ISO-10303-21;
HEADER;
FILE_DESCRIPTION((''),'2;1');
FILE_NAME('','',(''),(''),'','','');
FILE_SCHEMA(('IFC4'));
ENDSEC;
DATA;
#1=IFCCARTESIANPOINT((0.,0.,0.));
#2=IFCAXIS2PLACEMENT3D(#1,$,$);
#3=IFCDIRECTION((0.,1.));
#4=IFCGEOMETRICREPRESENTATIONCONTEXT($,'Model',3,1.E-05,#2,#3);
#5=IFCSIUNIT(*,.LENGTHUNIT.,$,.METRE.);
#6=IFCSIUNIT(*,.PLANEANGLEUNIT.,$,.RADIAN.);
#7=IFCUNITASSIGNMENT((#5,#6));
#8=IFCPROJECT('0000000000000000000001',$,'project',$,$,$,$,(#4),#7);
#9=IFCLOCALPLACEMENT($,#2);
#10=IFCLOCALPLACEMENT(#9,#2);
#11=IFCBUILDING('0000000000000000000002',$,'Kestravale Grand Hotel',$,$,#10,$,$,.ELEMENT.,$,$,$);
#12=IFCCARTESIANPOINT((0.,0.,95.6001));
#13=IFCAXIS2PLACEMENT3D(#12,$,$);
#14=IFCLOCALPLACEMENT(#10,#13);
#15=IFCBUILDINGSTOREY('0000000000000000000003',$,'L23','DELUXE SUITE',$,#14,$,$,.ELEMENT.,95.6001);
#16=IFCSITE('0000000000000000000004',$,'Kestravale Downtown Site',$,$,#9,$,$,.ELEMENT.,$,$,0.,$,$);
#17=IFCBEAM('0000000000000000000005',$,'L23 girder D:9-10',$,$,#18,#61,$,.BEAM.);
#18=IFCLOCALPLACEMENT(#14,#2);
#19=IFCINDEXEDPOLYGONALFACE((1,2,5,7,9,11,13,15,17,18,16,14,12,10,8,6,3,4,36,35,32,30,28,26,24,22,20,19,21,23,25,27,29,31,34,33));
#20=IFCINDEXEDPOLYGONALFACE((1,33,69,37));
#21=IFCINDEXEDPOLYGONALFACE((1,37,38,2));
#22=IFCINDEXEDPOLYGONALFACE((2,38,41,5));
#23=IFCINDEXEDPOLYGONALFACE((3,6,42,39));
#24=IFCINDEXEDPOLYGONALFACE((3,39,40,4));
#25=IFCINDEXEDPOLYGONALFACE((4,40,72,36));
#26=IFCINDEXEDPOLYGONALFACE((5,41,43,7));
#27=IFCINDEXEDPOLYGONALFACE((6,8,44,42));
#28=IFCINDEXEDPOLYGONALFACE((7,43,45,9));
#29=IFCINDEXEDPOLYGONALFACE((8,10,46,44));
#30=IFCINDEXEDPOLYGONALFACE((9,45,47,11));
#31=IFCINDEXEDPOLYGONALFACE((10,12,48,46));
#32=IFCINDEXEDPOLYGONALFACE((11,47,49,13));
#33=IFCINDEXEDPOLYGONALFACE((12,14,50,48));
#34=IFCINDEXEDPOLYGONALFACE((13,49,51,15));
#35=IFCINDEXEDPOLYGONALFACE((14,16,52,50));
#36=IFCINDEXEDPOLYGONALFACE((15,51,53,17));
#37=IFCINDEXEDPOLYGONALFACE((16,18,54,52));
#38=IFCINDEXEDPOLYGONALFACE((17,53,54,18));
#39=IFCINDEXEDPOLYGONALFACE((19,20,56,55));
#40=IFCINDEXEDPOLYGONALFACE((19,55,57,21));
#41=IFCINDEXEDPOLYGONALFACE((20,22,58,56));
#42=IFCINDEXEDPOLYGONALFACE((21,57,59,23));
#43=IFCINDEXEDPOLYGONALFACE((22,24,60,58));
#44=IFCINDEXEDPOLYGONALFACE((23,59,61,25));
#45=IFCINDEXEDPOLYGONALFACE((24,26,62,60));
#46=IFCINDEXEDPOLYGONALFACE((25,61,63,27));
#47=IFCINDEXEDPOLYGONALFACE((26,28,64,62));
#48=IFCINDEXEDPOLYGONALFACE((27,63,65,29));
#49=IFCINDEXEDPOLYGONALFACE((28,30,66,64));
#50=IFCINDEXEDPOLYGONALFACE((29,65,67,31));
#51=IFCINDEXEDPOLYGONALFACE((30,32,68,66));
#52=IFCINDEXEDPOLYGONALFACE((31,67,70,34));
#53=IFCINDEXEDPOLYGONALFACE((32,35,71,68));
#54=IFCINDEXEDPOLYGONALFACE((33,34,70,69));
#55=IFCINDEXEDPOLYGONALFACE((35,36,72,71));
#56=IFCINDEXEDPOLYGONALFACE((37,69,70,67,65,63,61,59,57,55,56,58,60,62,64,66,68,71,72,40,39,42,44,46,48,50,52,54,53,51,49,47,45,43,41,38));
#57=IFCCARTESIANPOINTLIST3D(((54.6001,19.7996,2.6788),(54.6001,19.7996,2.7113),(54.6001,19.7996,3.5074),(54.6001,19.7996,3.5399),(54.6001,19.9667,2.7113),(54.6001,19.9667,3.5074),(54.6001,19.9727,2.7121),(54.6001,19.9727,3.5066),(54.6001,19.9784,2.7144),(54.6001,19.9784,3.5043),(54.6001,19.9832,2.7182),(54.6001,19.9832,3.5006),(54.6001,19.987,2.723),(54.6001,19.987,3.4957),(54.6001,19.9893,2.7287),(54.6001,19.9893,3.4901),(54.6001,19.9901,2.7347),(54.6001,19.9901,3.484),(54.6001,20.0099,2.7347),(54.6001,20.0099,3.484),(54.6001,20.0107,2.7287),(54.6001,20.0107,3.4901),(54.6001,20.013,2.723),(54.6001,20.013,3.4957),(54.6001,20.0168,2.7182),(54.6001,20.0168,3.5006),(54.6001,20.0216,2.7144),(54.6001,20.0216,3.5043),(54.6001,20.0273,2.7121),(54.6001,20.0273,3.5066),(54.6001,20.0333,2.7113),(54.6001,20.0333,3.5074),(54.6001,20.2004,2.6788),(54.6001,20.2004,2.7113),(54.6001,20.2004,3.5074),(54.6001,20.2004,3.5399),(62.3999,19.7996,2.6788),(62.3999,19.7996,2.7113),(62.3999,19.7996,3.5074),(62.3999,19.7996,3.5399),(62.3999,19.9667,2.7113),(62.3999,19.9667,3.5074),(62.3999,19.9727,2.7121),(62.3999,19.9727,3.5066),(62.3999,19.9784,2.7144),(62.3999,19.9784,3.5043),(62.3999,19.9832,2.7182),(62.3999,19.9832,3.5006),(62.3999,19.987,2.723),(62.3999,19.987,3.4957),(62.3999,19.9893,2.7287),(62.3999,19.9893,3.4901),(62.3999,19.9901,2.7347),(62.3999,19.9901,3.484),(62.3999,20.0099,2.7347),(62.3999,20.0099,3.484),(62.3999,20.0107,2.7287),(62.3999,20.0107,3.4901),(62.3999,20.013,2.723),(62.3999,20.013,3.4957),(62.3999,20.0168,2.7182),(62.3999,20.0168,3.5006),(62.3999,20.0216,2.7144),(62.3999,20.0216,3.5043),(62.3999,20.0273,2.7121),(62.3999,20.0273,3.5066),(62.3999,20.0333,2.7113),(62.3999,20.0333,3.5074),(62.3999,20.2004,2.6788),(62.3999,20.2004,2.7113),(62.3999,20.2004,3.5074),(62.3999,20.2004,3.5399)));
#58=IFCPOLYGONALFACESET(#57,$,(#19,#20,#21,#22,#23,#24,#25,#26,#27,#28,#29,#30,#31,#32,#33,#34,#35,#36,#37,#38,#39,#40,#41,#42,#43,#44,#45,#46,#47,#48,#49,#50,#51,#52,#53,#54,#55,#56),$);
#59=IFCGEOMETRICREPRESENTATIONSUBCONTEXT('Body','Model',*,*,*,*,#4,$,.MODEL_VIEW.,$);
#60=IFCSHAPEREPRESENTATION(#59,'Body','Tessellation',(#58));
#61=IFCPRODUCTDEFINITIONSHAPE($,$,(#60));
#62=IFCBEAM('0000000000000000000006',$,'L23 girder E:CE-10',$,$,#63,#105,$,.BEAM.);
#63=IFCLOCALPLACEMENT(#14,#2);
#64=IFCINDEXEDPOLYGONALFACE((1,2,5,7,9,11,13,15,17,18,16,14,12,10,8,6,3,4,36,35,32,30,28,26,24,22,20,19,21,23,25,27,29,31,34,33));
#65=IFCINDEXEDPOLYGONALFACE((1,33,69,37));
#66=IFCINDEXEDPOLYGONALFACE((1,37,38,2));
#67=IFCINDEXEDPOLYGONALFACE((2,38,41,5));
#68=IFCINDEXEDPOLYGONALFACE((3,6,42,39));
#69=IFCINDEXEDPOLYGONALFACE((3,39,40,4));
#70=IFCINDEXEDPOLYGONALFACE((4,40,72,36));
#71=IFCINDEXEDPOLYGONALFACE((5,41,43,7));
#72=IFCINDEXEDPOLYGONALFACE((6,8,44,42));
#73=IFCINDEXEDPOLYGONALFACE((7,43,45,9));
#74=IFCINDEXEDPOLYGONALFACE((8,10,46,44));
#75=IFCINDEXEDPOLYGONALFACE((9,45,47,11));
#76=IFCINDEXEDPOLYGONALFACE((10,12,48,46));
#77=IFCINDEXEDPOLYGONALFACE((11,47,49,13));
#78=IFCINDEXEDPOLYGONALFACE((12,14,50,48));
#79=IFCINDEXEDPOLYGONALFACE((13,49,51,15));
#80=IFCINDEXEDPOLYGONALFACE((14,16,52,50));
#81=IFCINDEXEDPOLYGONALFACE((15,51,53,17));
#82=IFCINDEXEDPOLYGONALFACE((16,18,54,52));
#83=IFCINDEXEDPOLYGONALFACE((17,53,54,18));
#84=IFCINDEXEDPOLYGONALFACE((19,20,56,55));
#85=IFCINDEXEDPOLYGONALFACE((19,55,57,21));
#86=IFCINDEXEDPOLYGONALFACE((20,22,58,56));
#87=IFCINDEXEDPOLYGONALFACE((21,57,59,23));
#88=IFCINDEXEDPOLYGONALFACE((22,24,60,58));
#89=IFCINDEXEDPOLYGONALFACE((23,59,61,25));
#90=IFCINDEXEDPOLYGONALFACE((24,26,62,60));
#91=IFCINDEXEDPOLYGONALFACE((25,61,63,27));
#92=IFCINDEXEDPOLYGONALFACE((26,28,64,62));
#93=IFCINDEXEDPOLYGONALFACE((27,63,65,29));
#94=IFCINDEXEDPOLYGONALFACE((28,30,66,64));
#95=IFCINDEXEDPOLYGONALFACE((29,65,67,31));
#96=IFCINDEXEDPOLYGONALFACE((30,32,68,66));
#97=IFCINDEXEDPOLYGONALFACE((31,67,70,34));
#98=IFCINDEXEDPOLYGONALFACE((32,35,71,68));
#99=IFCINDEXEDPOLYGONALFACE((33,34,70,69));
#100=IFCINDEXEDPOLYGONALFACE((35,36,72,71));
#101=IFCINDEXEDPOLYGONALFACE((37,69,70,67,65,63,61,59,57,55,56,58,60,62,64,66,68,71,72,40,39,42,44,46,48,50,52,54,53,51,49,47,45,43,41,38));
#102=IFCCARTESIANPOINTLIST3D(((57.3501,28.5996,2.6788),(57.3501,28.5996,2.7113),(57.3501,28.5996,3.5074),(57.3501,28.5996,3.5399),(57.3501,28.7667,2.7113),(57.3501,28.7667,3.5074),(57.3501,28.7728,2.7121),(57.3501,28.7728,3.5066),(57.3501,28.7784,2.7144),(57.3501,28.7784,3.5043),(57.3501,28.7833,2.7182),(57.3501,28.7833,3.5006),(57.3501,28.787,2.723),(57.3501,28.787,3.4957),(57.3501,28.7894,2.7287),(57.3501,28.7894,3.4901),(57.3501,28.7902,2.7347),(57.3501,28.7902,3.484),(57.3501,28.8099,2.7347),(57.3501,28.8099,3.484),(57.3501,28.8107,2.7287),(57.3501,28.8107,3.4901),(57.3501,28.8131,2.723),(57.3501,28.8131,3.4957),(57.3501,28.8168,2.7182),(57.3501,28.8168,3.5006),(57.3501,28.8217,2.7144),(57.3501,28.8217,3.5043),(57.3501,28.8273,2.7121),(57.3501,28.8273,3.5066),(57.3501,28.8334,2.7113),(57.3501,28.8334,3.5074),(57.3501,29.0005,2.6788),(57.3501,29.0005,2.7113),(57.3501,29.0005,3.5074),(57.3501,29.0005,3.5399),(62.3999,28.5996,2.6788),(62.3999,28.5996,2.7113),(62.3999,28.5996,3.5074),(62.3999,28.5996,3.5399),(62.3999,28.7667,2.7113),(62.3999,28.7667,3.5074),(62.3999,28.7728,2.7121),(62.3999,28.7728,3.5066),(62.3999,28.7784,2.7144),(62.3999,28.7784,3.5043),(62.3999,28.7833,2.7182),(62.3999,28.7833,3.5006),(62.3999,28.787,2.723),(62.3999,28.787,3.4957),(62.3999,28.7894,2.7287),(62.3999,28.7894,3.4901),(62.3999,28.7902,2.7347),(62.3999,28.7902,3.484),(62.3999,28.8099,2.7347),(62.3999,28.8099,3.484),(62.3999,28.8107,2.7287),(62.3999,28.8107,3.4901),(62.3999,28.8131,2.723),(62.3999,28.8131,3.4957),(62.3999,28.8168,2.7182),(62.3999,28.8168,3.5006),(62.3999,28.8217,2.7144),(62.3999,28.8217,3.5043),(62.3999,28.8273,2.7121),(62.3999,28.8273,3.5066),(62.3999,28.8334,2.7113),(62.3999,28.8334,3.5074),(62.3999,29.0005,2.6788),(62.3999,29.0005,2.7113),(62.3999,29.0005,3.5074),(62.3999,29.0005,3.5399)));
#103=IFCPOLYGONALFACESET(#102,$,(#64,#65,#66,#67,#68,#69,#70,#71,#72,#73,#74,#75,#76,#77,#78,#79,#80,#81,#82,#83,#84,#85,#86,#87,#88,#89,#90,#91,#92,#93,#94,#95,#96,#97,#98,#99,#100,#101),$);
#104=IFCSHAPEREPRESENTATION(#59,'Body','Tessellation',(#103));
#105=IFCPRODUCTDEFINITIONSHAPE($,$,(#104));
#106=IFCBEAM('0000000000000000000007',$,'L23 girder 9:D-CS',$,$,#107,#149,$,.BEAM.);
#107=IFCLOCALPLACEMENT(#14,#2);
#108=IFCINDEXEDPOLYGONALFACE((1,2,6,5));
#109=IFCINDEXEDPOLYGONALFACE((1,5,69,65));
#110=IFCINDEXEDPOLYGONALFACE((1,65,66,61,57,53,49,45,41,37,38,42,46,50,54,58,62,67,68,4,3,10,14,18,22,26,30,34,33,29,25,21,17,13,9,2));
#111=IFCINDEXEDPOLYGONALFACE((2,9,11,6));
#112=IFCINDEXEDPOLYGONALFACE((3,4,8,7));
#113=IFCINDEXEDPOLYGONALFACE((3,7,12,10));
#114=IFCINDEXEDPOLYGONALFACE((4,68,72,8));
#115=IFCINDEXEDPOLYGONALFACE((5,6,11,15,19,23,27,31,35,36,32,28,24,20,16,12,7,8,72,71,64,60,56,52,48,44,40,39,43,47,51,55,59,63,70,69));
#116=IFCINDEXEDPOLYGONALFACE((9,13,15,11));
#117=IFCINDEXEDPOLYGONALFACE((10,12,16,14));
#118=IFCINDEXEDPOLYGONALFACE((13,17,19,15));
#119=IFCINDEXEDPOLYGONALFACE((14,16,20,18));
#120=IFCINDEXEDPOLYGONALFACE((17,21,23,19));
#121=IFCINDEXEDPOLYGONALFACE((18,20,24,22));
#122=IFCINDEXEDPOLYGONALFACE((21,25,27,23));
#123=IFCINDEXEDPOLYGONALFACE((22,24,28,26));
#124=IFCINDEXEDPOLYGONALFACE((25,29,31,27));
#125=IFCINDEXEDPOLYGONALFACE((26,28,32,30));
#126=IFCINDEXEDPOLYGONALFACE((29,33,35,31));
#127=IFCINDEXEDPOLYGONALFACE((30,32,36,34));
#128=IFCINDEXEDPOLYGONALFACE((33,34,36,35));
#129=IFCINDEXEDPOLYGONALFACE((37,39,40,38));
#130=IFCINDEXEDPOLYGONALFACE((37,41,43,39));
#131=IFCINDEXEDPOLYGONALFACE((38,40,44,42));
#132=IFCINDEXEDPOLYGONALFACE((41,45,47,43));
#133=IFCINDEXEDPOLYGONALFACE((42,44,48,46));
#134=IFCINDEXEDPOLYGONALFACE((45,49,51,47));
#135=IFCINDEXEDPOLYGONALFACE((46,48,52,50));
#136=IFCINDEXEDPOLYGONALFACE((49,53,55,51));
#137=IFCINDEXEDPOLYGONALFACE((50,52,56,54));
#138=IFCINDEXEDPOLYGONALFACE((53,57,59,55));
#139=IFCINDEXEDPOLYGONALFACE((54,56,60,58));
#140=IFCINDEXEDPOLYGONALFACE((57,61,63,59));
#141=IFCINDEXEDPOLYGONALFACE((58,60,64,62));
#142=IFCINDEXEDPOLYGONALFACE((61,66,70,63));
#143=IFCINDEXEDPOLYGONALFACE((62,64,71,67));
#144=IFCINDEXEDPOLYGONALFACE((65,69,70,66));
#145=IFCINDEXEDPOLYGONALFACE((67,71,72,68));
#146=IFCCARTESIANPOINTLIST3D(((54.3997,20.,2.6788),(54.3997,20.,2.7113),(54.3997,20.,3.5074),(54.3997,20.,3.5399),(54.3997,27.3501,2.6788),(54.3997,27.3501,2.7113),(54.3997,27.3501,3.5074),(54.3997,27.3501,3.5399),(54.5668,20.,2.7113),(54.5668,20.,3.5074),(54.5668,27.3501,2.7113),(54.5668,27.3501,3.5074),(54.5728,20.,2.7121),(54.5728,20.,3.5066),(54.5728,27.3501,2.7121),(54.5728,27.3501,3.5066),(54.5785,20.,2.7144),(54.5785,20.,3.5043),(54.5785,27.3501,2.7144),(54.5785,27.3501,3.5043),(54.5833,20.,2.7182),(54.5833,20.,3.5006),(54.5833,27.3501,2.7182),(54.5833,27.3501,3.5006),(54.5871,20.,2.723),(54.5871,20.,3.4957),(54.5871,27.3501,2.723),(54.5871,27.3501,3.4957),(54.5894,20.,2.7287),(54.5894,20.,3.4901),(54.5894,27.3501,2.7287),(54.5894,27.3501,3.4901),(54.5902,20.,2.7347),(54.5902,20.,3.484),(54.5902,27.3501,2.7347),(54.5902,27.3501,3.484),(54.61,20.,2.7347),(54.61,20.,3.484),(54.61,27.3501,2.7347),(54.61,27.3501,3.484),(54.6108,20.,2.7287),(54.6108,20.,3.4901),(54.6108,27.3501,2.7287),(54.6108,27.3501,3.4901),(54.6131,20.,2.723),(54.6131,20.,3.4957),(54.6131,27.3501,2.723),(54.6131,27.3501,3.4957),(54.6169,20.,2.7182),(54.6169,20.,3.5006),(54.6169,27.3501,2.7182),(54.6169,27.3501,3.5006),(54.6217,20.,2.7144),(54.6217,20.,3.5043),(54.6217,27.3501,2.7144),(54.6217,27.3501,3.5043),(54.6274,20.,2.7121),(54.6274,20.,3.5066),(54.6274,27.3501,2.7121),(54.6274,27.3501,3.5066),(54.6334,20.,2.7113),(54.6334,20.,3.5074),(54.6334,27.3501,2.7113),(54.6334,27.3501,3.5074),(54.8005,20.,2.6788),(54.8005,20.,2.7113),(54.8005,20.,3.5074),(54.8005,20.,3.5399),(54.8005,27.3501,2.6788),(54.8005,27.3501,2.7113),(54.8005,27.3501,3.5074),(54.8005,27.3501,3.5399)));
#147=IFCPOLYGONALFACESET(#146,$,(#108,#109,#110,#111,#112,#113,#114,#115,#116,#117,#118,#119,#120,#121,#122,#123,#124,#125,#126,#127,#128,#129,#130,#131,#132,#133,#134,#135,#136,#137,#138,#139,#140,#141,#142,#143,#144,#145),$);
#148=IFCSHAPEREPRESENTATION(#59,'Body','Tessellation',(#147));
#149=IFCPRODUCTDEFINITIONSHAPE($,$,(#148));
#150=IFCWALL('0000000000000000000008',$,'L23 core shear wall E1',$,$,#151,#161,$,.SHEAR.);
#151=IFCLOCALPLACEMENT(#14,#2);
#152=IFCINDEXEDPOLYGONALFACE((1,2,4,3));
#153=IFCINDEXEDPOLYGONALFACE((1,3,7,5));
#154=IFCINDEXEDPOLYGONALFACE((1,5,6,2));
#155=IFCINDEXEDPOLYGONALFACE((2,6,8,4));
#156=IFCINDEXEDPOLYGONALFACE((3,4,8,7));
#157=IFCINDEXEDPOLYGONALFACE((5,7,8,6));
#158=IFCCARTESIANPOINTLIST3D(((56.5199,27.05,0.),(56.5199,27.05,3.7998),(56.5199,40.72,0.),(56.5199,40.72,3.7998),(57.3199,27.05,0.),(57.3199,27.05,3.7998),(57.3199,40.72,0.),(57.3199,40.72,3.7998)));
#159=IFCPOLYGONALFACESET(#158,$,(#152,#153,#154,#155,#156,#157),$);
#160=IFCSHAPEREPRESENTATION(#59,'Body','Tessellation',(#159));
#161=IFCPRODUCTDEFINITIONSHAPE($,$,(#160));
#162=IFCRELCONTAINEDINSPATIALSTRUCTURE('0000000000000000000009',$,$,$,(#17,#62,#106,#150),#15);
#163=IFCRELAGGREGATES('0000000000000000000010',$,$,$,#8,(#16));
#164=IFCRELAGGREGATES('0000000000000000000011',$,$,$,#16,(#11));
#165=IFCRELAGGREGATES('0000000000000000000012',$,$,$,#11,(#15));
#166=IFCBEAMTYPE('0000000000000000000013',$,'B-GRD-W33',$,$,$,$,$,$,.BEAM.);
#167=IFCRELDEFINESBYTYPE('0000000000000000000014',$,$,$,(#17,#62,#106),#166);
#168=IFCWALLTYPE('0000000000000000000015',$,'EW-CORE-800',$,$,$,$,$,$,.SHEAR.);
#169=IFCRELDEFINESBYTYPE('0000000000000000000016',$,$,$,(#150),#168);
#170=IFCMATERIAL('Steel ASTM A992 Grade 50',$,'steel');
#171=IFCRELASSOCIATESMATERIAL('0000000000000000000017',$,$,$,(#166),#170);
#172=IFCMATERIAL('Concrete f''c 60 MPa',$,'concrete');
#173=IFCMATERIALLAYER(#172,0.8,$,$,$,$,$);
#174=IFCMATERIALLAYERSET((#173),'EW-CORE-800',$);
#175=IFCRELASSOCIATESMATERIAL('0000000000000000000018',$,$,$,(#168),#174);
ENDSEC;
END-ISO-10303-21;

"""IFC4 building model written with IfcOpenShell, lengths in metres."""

from ifc_helpers import new_model, si_unit, direction, frame, frame_2d, origin, origin_2d, place, context, subcontext, project, spatial, rectangle, i_section, extrude, material, layer, layer_set, material_profile, profile_set, type_object, element, save


model = new_model("IFC4")

# Units and contexts
model_context = context("Model", 3, precision=1e-05, world=origin(), true_north=direction((0.0, 1.0)))
body_context = subcontext(model_context, "Body", "Model", "MODEL_VIEW")
ifc_project = project(units=[si_unit("LENGTHUNIT", "METRE"), si_unit("PLANEANGLEUNIT", "RADIAN")], contexts=[model_context])

# Site, building, storey
site_placement = place(None, origin())
site = spatial("IfcSite", under=ifc_project, at=site_placement, Name="Kestravale Downtown Site", CompositionType="ELEMENT", RefElevation=0.0)
building_placement = place(site_placement, origin())
building = spatial("IfcBuilding", under=site, at=building_placement, Name="Kestravale Grand Hotel", CompositionType="ELEMENT")
storey_placement = place(building_placement, frame((0.0, 0.0, 95.6001)))
storey = spatial("IfcBuildingStorey", under=building, at=storey_placement, Name="L23", Description="DELUXE SUITE", CompositionType="ELEMENT", Elevation=95.6001)

# Beams
ifc_material_1 = material(Name="Steel ASTM A992 Grade 50", Category="steel")
ifc_material_profile_1 = material_profile(ifc_material_1, i_section(OverallWidth=0.4009, OverallDepth=0.8611, WebThickness=0.0198, FlangeThickness=0.0325, FilletRadius=0.0234, at=origin_2d()))
ifc_profile_set_1 = profile_set([ifc_material_profile_1], Name="Steel ASTM A992 Grade 50")
beam_type_1 = type_object("IfcBeamType", Name="B-GRD-W33", PredefinedType="BEAM", material=ifc_profile_set_1)
beam_1_placement = place(storey_placement, frame((54.6001, 20.0, 3.1094), z_axis=(1.0, 0.0, 0.0), x_axis=(0.0, 1.0, 0.0)))
element("IfcBeam", 1, at=beam_1_placement, inside=storey, type_object=beam_type_1, Name="L23 girder D:9-10", PredefinedType="BEAM", context=body_context, shape_type="SweptSolid", body=[
    extrude(i_section(OverallWidth=0.4009, OverallDepth=0.8611, WebThickness=0.0198, FlangeThickness=0.0325, FilletRadius=0.0234, at=origin_2d()), origin(), (0.0, 0.0, 1.0), 7.7998),
])
beam_2_placement = place(storey_placement, frame((57.3501, 28.8, 3.1094), z_axis=(1.0, 0.0, 0.0), x_axis=(0.0, 1.0, 0.0)))
element("IfcBeam", 2, at=beam_2_placement, inside=storey, type_object=beam_type_1, Name="L23 girder E:CE-10", PredefinedType="BEAM", context=body_context, shape_type="SweptSolid", body=[
    extrude(i_section(OverallWidth=0.4009, OverallDepth=0.8611, WebThickness=0.0198, FlangeThickness=0.0325, FilletRadius=0.0234, at=origin_2d()), origin(), (0.0, 0.0, 1.0), 5.0498),
])
beam_3_placement = place(storey_placement, frame((54.6001, 20.0, 3.1094), z_axis=(0.0, 1.0, 0.0), x_axis=(-1.0, 0.0, 0.0)))
element("IfcBeam", 3, at=beam_3_placement, inside=storey, type_object=beam_type_1, Name="L23 girder 9:D-CS", PredefinedType="BEAM", context=body_context, shape_type="SweptSolid", body=[
    extrude(i_section(OverallWidth=0.4009, OverallDepth=0.8611, WebThickness=0.0198, FlangeThickness=0.0325, FilletRadius=0.0234, at=origin_2d()), origin(), (0.0, 0.0, 1.0), 7.3501),
])

# Wall
ifc_material_2 = material(Name="Concrete f'c 60 MPa", Category="concrete")
ifc_layer_1 = layer(ifc_material_2, 0.8)
ifc_layer_set_1 = layer_set([ifc_layer_1], Name="EW-CORE-800")
wall_type_1 = type_object("IfcWallType", Name="EW-CORE-800", PredefinedType="SHEAR", material=ifc_layer_set_1)
wall_1_placement = place(storey_placement, frame((56.9199, 27.05, 0.0), z_axis=(0.0, 0.0, 1.0), x_axis=(0.0, 1.0, 0.0)))
element("IfcWall", 4, at=wall_1_placement, inside=storey, type_object=wall_type_1, Name="L23 core shear wall E1", PredefinedType="SHEAR", context=body_context, shape_type="SweptSolid", body=[
    extrude(rectangle(XDim=13.6699, YDim=0.8, at=frame_2d((6.835, 0.0))), origin(), (0.0, 0.0, 1.0), 3.7998),
])

save(model, "model.ifc")
